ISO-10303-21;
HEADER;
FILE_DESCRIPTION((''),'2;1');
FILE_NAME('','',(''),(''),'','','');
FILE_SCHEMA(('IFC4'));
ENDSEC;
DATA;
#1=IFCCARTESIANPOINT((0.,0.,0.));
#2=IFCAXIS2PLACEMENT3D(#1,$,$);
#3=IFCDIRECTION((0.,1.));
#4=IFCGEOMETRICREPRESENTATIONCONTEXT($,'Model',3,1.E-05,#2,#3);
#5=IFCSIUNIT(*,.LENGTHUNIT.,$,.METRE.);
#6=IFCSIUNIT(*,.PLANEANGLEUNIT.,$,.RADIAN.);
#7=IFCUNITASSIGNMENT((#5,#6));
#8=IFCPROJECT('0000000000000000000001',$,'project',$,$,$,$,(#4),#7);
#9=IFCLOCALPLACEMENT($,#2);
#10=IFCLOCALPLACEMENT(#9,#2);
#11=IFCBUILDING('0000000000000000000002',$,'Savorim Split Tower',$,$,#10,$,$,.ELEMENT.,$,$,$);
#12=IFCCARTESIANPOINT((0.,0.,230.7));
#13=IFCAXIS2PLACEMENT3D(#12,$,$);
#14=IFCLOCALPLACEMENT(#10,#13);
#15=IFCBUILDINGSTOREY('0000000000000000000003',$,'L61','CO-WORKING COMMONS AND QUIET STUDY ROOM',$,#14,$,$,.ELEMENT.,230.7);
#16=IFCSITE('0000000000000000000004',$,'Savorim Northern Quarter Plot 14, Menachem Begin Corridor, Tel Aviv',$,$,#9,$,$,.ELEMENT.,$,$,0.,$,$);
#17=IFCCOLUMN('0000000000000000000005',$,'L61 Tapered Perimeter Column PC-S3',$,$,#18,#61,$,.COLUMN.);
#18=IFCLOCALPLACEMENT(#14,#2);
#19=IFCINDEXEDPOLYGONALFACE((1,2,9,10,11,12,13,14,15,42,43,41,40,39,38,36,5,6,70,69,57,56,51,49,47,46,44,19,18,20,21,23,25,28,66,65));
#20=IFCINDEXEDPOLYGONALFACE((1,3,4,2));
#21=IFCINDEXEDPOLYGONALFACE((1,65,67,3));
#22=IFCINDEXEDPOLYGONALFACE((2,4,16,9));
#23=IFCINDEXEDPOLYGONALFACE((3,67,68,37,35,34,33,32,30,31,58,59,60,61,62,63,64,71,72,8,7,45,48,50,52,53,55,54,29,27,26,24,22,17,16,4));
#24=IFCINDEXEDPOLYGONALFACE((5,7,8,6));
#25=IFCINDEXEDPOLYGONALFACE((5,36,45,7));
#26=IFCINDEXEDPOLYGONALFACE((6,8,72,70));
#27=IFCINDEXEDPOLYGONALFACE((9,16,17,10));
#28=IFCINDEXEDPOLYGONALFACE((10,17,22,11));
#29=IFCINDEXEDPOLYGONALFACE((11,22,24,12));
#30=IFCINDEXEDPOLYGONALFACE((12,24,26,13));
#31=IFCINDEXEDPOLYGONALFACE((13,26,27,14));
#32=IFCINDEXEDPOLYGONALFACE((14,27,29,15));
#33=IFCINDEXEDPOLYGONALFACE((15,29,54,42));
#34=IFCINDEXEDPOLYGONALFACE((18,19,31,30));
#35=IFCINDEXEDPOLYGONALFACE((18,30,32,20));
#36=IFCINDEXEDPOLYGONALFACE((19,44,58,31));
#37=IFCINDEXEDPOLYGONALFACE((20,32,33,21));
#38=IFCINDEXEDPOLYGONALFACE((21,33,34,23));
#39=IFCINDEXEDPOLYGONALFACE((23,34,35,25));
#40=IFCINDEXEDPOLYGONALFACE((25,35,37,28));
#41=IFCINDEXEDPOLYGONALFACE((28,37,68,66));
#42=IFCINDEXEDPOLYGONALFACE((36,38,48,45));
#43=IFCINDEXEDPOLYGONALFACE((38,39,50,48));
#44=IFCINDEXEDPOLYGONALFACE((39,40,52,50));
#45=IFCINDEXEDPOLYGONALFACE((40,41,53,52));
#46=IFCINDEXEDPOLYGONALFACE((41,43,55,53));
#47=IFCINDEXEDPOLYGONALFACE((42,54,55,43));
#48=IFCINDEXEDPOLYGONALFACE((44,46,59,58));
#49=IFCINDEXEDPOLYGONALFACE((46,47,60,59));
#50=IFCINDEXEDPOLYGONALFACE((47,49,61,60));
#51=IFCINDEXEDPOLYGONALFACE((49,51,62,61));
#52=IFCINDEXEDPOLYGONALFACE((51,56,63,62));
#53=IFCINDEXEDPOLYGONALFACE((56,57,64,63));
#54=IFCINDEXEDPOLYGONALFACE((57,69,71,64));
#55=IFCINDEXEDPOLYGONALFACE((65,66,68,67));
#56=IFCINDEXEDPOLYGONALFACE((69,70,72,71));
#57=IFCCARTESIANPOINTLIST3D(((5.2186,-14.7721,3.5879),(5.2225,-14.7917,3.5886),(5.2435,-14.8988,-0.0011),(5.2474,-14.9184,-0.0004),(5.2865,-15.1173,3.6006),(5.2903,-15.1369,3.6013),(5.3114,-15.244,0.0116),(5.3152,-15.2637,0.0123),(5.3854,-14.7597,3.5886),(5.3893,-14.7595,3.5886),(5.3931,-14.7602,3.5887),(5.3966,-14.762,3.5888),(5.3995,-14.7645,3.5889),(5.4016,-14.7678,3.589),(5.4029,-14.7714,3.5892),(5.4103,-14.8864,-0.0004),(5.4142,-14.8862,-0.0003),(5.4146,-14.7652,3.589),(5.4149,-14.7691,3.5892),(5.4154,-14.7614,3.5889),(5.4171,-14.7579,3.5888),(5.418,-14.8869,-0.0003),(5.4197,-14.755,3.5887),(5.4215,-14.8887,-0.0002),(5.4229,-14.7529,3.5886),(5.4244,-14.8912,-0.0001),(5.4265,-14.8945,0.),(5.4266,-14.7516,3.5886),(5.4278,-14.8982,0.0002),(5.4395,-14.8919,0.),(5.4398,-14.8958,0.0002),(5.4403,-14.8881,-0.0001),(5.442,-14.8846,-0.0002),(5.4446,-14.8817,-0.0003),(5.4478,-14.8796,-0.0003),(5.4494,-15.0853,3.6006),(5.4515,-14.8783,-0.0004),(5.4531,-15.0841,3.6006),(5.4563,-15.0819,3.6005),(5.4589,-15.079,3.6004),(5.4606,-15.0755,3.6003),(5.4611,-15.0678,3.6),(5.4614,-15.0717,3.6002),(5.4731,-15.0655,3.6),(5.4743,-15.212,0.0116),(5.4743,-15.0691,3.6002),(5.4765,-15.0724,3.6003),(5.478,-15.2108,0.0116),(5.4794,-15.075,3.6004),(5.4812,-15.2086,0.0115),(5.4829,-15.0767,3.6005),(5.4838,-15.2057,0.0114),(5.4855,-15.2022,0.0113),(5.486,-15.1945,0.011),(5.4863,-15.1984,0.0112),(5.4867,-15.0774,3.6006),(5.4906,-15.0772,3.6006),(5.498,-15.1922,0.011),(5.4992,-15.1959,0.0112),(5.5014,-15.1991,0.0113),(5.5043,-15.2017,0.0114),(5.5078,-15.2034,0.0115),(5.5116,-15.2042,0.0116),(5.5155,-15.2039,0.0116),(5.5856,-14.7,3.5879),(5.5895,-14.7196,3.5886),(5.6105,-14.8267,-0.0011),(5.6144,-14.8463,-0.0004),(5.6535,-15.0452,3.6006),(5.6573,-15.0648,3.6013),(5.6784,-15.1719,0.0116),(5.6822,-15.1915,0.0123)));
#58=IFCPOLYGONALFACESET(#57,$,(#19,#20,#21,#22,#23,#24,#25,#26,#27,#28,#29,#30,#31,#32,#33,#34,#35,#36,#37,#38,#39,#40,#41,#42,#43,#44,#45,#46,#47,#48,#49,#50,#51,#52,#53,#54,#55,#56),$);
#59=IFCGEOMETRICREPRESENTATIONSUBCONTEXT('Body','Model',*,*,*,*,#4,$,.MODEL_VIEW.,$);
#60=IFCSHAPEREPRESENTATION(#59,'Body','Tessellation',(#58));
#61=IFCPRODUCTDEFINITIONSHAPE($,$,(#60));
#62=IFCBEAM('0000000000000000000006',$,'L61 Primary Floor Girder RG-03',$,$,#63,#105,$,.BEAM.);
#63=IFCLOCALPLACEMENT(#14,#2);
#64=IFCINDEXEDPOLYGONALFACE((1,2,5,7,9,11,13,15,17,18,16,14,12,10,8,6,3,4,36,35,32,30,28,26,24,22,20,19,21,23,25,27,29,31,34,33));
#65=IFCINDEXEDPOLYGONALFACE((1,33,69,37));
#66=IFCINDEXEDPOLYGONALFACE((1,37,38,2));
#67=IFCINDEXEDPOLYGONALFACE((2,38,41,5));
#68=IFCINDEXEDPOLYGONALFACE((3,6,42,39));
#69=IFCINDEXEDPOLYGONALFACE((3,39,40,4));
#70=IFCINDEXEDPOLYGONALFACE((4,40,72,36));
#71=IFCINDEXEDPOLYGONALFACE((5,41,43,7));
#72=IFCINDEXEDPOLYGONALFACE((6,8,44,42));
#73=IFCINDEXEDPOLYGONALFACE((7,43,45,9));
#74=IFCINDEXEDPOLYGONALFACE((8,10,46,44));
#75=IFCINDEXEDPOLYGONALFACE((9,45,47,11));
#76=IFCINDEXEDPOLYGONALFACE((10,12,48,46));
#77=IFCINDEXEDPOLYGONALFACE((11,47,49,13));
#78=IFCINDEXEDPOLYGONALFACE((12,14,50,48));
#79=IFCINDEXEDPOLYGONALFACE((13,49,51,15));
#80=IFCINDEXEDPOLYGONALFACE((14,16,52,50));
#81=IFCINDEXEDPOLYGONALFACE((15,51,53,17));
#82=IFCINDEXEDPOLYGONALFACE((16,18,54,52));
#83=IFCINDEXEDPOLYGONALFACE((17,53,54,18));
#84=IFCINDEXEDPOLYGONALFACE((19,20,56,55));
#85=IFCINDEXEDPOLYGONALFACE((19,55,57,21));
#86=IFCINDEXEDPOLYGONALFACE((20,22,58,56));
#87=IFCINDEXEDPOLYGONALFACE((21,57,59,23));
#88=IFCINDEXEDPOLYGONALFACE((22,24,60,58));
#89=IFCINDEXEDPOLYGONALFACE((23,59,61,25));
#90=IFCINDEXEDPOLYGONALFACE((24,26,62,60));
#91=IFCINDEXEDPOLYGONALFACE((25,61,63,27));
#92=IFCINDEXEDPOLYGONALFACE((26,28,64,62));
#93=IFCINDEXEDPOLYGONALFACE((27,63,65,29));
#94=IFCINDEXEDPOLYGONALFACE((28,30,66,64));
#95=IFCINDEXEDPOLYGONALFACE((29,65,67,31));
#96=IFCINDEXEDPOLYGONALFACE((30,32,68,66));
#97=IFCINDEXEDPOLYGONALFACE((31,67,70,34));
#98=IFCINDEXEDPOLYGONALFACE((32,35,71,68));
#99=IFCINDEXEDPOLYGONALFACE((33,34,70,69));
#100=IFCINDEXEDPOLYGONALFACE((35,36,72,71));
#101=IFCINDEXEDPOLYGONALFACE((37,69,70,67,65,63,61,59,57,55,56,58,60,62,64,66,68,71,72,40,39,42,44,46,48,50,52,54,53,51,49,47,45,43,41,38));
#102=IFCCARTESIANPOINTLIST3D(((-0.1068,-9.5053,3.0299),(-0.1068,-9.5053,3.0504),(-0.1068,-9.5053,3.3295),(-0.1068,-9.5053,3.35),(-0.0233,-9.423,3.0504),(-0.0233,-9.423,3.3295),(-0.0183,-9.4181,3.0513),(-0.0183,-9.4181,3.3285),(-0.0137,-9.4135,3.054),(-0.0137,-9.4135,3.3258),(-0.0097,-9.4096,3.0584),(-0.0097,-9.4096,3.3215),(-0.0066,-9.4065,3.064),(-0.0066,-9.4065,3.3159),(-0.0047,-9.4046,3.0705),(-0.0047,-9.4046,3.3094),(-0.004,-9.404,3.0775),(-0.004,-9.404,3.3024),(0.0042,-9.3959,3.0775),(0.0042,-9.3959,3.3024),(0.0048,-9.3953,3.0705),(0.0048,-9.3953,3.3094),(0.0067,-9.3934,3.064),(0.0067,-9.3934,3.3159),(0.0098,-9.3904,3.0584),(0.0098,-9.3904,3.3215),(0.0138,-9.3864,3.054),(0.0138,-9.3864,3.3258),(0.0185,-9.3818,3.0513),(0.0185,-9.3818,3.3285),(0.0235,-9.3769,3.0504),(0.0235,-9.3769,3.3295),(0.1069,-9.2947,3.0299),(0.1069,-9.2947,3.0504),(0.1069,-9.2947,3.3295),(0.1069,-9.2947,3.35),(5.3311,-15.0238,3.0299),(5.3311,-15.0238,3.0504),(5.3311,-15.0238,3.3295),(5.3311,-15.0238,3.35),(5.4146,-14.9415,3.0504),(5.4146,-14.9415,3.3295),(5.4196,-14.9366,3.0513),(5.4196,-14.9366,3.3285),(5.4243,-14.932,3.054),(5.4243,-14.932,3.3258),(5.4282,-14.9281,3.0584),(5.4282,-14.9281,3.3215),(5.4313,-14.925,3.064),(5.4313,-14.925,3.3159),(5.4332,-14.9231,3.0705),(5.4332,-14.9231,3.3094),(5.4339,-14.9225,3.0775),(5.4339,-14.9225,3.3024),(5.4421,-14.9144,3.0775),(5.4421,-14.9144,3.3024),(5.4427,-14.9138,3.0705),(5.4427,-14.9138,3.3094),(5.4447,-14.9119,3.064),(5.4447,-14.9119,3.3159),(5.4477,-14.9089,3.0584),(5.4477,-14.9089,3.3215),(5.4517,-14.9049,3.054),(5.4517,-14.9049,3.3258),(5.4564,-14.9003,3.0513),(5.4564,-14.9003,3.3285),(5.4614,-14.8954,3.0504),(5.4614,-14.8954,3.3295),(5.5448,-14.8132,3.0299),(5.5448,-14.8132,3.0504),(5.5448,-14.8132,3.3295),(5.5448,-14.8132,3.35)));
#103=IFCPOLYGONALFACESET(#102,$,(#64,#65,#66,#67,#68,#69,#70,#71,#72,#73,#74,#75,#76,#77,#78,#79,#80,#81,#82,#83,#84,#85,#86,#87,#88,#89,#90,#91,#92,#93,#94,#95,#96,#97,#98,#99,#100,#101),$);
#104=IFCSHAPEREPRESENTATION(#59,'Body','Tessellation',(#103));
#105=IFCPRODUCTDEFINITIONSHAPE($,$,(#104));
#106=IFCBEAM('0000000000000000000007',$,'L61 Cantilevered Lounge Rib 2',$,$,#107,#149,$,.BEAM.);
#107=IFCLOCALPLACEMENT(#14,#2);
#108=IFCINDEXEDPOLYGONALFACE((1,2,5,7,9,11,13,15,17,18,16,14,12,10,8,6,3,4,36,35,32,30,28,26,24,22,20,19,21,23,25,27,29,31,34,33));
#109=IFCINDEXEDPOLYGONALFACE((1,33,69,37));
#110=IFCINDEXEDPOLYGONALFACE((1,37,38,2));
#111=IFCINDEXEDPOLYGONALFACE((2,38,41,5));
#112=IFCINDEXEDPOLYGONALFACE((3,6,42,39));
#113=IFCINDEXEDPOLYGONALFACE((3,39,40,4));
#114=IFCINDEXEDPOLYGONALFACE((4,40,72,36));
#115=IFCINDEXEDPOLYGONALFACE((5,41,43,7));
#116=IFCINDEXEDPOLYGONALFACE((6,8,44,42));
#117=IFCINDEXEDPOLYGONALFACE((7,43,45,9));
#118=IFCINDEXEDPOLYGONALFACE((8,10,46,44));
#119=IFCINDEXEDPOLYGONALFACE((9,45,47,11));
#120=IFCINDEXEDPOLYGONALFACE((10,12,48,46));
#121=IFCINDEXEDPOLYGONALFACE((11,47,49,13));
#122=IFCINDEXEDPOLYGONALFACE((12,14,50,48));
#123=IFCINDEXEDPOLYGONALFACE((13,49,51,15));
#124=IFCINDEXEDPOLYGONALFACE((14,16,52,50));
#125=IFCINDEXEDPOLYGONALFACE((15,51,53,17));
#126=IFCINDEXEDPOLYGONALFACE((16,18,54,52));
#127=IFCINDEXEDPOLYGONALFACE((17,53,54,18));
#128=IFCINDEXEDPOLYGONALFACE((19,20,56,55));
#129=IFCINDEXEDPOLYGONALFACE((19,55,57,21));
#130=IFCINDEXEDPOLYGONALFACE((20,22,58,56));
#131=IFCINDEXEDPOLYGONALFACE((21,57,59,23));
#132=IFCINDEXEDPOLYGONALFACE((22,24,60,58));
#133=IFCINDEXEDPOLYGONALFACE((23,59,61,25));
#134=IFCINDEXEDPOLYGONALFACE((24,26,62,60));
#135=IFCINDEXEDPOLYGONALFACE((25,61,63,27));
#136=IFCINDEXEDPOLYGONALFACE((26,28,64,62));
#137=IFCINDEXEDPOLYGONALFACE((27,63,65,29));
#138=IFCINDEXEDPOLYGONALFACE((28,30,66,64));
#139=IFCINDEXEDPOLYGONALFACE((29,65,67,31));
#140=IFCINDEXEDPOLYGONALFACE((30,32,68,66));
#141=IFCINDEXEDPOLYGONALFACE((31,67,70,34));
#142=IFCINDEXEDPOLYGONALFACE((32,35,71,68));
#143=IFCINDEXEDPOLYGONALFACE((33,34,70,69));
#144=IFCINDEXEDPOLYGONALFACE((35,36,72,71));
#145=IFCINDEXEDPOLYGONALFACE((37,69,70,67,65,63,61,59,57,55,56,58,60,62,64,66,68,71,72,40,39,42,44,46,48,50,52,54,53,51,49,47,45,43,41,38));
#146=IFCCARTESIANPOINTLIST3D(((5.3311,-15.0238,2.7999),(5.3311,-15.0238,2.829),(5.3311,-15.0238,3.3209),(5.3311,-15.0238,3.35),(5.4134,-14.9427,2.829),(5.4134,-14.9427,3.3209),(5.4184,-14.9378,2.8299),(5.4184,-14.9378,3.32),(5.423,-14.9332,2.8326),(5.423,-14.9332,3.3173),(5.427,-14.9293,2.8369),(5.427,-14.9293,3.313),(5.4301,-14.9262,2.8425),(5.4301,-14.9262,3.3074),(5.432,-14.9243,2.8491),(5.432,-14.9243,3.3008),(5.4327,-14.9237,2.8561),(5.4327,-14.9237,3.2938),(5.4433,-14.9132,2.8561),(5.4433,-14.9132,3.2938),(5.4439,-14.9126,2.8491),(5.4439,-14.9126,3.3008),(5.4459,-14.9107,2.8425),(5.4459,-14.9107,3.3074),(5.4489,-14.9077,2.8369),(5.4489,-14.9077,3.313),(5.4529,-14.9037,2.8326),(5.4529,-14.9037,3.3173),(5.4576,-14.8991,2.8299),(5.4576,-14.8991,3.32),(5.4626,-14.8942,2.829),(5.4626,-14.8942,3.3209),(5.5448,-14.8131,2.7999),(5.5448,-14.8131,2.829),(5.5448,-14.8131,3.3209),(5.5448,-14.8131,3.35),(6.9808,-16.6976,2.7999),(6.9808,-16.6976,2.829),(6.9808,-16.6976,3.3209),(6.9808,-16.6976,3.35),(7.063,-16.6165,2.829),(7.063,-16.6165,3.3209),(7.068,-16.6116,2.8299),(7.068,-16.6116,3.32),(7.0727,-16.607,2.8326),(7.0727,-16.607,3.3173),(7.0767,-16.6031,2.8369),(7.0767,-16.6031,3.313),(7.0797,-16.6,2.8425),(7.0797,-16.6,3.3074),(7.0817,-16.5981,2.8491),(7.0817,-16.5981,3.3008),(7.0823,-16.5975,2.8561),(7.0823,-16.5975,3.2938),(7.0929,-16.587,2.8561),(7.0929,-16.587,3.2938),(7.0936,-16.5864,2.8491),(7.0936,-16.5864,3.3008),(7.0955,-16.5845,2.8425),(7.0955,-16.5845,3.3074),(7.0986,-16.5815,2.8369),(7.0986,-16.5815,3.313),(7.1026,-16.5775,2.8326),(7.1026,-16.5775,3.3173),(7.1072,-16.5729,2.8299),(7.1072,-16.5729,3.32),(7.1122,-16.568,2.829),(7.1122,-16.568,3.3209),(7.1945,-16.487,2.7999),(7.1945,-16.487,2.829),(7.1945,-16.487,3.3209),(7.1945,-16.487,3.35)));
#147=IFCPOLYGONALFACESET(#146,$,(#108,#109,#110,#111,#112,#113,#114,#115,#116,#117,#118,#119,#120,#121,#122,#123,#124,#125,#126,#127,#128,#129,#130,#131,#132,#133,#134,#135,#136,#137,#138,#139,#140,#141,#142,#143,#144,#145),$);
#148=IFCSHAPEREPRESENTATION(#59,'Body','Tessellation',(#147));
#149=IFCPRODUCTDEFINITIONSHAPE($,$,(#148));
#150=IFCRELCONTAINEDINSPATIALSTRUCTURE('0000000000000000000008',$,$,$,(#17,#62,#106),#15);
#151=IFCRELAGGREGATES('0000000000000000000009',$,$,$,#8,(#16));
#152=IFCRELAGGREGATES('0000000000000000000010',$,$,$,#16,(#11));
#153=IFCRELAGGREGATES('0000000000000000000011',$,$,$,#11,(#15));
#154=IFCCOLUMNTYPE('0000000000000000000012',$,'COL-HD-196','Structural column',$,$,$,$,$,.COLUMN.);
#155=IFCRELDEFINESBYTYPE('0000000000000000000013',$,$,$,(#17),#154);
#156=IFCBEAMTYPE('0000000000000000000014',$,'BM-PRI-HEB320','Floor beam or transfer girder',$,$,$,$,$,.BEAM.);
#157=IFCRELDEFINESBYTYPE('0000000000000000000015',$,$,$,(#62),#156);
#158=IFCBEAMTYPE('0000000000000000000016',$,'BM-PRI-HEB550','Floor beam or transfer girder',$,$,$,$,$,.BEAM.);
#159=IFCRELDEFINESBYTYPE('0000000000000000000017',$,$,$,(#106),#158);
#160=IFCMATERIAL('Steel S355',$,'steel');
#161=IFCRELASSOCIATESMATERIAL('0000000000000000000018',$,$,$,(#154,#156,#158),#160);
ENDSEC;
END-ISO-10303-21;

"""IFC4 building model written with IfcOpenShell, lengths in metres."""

from ifc_helpers import new_model, si_unit, direction, frame, origin, origin_2d, place, context, subcontext, project, spatial, i_section, extrude, material, material_profile, profile_set, type_object, element, save


model = new_model("IFC4")

# Units and contexts
model_context = context("Model", 3, precision=1e-05, world=origin(), true_north=direction((0.0, 1.0)))
body_context = subcontext(model_context, "Body", "Model", "MODEL_VIEW")
ifc_project = project(units=[si_unit("LENGTHUNIT", "METRE"), si_unit("PLANEANGLEUNIT", "RADIAN")], contexts=[model_context])

# Site, building, storey
site_placement = place(None, origin())
site = spatial("IfcSite", under=ifc_project, at=site_placement, Name="Savorim Northern Quarter Plot 14, Menachem Begin Corridor, Tel Aviv", CompositionType="ELEMENT", RefElevation=0.0)
building_placement = place(site_placement, origin())
building = spatial("IfcBuilding", under=site, at=building_placement, Name="Savorim Split Tower", CompositionType="ELEMENT")
storey_placement = place(building_placement, frame((0.0, 0.0, 230.7)))
storey = spatial("IfcBuildingStorey", under=building, at=storey_placement, Name="L61", Description="CO-WORKING COMMONS AND QUIET STUDY ROOM", CompositionType="ELEMENT", Elevation=230.7)

# Column
ifc_material_1 = material(Name="Steel S355", Category="steel")
ifc_material_profile_1 = material_profile(ifc_material_1, i_section(OverallWidth=0.374, OverallDepth=0.3721, WebThickness=0.0122, FlangeThickness=0.02, FilletRadius=0.0149, at=origin_2d()), Name="HD 360x196")
ifc_profile_set_1 = profile_set([ifc_material_profile_1], Name="Steel S355")
column_type = type_object("IfcColumnType", Name="COL-HD-196", Description="Structural column", PredefinedType="COLUMN", material=ifc_profile_set_1)
column_placement = place(storey_placement, frame((5.4629, -15.0452, 0.0056), z_axis=(-0.006934, 0.035283, 0.999353), x_axis=(-0.98123, -0.192843, 0.0)))
element("IfcColumn", 1, at=column_placement, inside=storey, type_object=column_type, Name="L61 Tapered Perimeter Column PC-S3", PredefinedType="COLUMN", context=body_context, shape_type="SweptSolid", body=[
    extrude(i_section(OverallWidth=0.374, OverallDepth=0.3721, WebThickness=0.0122, FlangeThickness=0.02, FilletRadius=0.0149, at=origin_2d()), origin(), (0.0, 0.0, 1.0), 3.5913),
])

# Beams
ifc_material_profile_2 = material_profile(ifc_material_1, i_section(OverallWidth=0.3, OverallDepth=0.3201, WebThickness=0.0115, FlangeThickness=0.0205, FilletRadius=0.0271, at=origin_2d()), Name="HEB 320")
ifc_profile_set_2 = profile_set([ifc_material_profile_2], Name="Steel S355")
beam_type_1 = type_object("IfcBeamType", Name="BM-PRI-HEB320", Description="Floor beam or transfer girder", PredefinedType="BEAM", material=ifc_profile_set_2)
beam_1_placement = place(storey_placement, frame((5.438, -14.9185, 3.1899), z_axis=(-0.701888, 0.712287, 0.0), x_axis=(-0.712287, -0.701888, 0.0)))
element("IfcBeam", 2, at=beam_1_placement, inside=storey, type_object=beam_type_1, Name="L61 Primary Floor Girder RG-03", PredefinedType="BEAM", context=body_context, shape_type="SweptSolid", body=[
    extrude(i_section(OverallWidth=0.3, OverallDepth=0.3201, WebThickness=0.0115, FlangeThickness=0.0205, FilletRadius=0.0271, at=origin_2d()), origin(), (0.0, 0.0, 1.0), 7.7476),
])
ifc_material_profile_3 = material_profile(ifc_material_1, i_section(OverallWidth=0.3, OverallDepth=0.55, WebThickness=0.0149, FlangeThickness=0.0291, FilletRadius=0.0271, at=origin_2d()), Name="HEB 550")
ifc_profile_set_3 = profile_set([ifc_material_profile_3], Name="Steel S355")
beam_type_2 = type_object("IfcBeamType", Name="BM-PRI-HEB550", Description="Floor beam or transfer girder", PredefinedType="BEAM", material=ifc_profile_set_3)
beam_2_placement = place(storey_placement, frame((5.438, -14.9185, 3.075), z_axis=(0.701946, -0.71223, 0.0), x_axis=(0.71223, 0.701946, 0.0)))
element("IfcBeam", 3, at=beam_2_placement, inside=storey, type_object=beam_type_2, Name="L61 Cantilevered Lounge Rib 2", PredefinedType="BEAM", context=body_context, shape_type="SweptSolid", body=[
    extrude(i_section(OverallWidth=0.3, OverallDepth=0.55, WebThickness=0.0149, FlangeThickness=0.0291, FilletRadius=0.0271, at=origin_2d()), origin(), (0.0, 0.0, 1.0), 2.3501),
])

save(model, "model.ifc")
